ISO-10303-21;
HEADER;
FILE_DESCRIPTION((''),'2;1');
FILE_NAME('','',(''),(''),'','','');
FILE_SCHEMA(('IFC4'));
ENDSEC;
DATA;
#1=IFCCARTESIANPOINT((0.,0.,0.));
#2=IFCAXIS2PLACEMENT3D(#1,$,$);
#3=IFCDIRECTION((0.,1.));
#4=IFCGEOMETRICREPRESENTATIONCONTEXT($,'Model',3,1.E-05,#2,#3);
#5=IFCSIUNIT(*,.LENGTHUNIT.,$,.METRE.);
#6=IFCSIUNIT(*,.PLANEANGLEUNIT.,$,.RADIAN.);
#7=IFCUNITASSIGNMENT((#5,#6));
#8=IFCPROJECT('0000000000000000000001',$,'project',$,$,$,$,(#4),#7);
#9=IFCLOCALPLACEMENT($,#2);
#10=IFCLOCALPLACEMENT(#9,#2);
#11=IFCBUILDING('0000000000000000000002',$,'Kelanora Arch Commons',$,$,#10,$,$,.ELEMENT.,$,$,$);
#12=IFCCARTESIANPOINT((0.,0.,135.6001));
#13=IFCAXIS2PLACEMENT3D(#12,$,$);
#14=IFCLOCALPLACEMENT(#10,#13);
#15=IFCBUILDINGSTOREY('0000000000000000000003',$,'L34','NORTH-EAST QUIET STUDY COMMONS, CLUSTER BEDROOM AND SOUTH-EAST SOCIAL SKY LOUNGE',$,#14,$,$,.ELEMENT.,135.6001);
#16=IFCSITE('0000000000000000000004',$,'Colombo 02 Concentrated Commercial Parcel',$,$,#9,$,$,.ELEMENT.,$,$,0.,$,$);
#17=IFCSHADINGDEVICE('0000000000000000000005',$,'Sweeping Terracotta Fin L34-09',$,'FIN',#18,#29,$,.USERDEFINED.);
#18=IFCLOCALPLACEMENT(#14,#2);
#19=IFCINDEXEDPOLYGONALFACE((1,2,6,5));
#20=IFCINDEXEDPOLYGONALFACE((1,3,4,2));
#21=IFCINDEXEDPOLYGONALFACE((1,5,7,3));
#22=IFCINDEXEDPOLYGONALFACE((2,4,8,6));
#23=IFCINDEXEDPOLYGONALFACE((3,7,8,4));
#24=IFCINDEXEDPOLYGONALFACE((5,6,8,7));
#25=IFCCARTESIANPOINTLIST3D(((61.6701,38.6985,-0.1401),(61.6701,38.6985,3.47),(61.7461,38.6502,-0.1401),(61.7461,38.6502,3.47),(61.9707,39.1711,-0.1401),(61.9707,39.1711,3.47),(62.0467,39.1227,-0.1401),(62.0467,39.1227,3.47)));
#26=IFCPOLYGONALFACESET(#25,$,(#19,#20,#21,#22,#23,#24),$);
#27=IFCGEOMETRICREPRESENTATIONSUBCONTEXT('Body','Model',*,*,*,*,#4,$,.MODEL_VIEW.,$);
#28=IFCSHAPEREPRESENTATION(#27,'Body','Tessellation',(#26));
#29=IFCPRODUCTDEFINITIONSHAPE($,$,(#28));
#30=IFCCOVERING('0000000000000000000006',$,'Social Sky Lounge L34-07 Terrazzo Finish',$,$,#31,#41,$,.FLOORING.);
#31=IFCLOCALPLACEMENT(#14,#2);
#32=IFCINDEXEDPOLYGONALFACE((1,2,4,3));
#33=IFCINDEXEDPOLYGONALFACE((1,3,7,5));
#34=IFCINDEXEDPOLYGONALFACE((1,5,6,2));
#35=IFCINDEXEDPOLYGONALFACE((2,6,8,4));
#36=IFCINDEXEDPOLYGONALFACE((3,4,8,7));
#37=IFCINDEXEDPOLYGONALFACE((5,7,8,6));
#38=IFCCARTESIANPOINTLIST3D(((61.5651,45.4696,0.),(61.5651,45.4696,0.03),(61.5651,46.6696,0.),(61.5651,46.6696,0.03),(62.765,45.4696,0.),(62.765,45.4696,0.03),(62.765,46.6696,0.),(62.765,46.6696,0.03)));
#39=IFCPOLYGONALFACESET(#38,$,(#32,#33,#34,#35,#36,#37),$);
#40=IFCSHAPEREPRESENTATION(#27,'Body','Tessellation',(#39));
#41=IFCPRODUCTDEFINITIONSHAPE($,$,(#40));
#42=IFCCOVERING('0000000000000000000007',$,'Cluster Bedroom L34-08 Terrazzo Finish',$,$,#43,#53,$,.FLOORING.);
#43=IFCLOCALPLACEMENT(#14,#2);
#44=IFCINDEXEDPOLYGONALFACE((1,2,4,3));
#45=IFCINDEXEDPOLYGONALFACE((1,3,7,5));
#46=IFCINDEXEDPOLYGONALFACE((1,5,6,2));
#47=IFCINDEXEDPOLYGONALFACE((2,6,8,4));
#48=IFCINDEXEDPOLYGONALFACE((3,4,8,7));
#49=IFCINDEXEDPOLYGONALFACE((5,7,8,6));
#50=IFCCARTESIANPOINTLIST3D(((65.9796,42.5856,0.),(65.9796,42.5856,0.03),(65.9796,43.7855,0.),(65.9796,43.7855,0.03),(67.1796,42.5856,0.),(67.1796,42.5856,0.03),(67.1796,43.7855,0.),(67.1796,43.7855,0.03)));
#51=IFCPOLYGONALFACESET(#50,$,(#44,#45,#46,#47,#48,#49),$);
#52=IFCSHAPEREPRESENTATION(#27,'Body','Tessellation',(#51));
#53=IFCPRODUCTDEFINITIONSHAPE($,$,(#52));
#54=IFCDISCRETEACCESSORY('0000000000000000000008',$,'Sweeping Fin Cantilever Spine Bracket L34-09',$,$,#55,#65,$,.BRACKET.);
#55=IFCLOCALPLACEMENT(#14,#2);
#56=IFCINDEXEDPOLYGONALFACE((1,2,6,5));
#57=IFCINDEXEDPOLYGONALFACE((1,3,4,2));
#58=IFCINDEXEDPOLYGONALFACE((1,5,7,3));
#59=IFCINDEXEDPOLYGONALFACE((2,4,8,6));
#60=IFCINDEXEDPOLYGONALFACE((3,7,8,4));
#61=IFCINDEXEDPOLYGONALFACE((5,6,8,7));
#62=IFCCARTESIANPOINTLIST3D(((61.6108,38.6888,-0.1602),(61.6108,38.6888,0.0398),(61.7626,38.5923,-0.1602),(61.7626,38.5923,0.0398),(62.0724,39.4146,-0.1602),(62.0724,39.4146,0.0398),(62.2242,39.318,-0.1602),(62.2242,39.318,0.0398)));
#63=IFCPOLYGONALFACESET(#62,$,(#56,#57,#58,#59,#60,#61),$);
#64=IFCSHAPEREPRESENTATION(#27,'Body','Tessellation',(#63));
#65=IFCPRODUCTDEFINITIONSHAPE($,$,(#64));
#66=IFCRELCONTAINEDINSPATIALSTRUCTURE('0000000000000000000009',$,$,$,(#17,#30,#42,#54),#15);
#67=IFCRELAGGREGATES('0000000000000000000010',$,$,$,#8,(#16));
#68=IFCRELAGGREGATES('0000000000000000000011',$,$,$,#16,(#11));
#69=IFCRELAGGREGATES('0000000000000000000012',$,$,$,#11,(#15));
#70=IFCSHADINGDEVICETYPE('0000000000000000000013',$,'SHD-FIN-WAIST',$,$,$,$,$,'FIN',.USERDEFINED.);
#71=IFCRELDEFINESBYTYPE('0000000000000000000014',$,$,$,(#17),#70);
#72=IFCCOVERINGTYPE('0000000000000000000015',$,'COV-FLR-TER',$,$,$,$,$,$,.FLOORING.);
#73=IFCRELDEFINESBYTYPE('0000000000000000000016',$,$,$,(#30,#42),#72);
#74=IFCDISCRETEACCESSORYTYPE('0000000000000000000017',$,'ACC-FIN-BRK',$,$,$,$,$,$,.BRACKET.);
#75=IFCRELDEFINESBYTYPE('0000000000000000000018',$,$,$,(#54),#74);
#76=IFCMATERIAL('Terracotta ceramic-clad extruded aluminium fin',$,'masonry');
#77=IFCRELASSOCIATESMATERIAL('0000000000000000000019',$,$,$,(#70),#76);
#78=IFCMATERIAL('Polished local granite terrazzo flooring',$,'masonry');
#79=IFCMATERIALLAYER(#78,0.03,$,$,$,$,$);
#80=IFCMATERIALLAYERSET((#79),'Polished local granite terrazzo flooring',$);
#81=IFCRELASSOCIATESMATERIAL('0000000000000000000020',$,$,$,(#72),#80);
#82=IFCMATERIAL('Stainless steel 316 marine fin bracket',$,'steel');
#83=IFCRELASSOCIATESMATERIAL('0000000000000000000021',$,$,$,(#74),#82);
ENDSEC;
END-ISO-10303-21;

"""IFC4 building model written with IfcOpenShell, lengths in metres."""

from ifc_helpers import new_model, si_unit, direction, frame, origin, origin_2d, place, context, subcontext, project, spatial, rectangle, extrude, source, transform, mapped, material, layer, layer_set, type_object, element, save


model = new_model("IFC4")

# Units and contexts
model_context = context("Model", 3, precision=1e-05, world=origin(), true_north=direction((0.0, 1.0)))
body_context = subcontext(model_context, "Body", "Model", "MODEL_VIEW")
ifc_project = project(units=[si_unit("LENGTHUNIT", "METRE"), si_unit("PLANEANGLEUNIT", "RADIAN")], contexts=[model_context])

# Site, building, storey
site_placement = place(None, origin())
site = spatial("IfcSite", under=ifc_project, at=site_placement, Name="Colombo 02 Concentrated Commercial Parcel", CompositionType="ELEMENT", RefElevation=0.0)
building_placement = place(site_placement, origin())
building = spatial("IfcBuilding", under=site, at=building_placement, Name="Kelanora Arch Commons", CompositionType="ELEMENT")
storey_placement = place(building_placement, frame((0.0, 0.0, 135.6001)))
storey = spatial("IfcBuildingStorey", under=building, at=storey_placement, Name="L34", Description="NORTH-EAST QUIET STUDY COMMONS, CLUSTER BEDROOM AND SOUTH-EAST SOCIAL SKY LOUNGE", CompositionType="ELEMENT", Elevation=135.6001)

# Shading device
ifc_material_1 = material(Name="Terracotta ceramic-clad extruded aluminium fin", Category="masonry")
shading_device_type = type_object("IfcShadingDeviceType", Name="SHD-FIN-WAIST", ElementType="FIN", PredefinedType="USERDEFINED", material=ifc_material_1)
shared_shape_1 = source(origin(), body_context, "Body", "SweptSolid", [
    extrude(rectangle(XDim=0.5601, YDim=0.0901, at=origin_2d()), origin(), (0.0, 0.0, 1.0), 3.6101),
])
shading_device_placement = place(storey_placement, frame((61.8584, 38.9106, -0.1401), z_axis=(0.0, 0.0, 1.0), x_axis=(-0.536711, -0.843766, 0.0)))
element("IfcShadingDevice", 1, at=shading_device_placement, inside=storey, type_object=shading_device_type, Name="Sweeping Terracotta Fin L34-09", ObjectType="FIN", PredefinedType="USERDEFINED", context=body_context, shape_type="MappedRepresentation", body=[
    mapped(shared_shape_1, transform((0.0, 0.0, 0.0), scale=1.0)),
])

# Coverings
ifc_material_2 = material(Name="Polished local granite terrazzo flooring", Category="masonry")
ifc_layer_1 = layer(ifc_material_2, 0.03)
ifc_layer_set_1 = layer_set([ifc_layer_1], Name="Polished local granite terrazzo flooring")
covering_type = type_object("IfcCoveringType", Name="COV-FLR-TER", PredefinedType="FLOORING", material=ifc_layer_set_1)
shared_shape_2 = source(origin(), body_context, "Body", "SweptSolid", [
    extrude(rectangle(XDim=1.2, YDim=1.2, at=origin_2d()), origin(), (0.0, 0.0, 1.0), 0.03),
])
for number, where, z_axis, x_axis, name in (
    (2, (62.165, 46.0696, 0.0), (0.0, 0.0, 1.0), (1.0, 0.0, 0.0), "Social Sky Lounge L34-07 Terrazzo Finish"),
    (3, (66.5796, 43.1855, 0.0), (0.0, 0.0, 1.0), (1.0, 0.0, 0.0), "Cluster Bedroom L34-08 Terrazzo Finish"),
):
    element("IfcCovering", number, at=place(storey_placement, frame(where, z_axis=z_axis, x_axis=x_axis)), inside=storey, type_object=covering_type, Name=name, PredefinedType="FLOORING", context=body_context, shape_type="MappedRepresentation", body=[
        mapped(shared_shape_2, transform((0.0, 0.0, 0.0), scale=1.0)),
    ])

# Discrete accessory
ifc_material_3 = material(Name="Stainless steel 316 marine fin bracket", Category="steel")
discrete_accessory_type = type_object("IfcDiscreteAccessoryType", Name="ACC-FIN-BRK", PredefinedType="BRACKET", material=ifc_material_3)
shared_shape_3 = source(origin(), body_context, "Body", "SweptSolid", [
    extrude(rectangle(XDim=0.8601, YDim=0.1799, at=origin_2d()), origin(), (0.0, 0.0, 1.0), 0.2),
])
discrete_accessory_placement = place(storey_placement, frame((61.9175, 39.0034, -0.1602), z_axis=(0.0, 0.0, 1.0), x_axis=(-0.536711, -0.843766, 0.0)))
element("IfcDiscreteAccessory", 4, at=discrete_accessory_placement, inside=storey, type_object=discrete_accessory_type, Name="Sweeping Fin Cantilever Spine Bracket L34-09", PredefinedType="BRACKET", context=body_context, shape_type="MappedRepresentation", body=[
    mapped(shared_shape_3, transform((0.0, 0.0, 0.0), scale=1.0)),
])

save(model, "model.ifc")
